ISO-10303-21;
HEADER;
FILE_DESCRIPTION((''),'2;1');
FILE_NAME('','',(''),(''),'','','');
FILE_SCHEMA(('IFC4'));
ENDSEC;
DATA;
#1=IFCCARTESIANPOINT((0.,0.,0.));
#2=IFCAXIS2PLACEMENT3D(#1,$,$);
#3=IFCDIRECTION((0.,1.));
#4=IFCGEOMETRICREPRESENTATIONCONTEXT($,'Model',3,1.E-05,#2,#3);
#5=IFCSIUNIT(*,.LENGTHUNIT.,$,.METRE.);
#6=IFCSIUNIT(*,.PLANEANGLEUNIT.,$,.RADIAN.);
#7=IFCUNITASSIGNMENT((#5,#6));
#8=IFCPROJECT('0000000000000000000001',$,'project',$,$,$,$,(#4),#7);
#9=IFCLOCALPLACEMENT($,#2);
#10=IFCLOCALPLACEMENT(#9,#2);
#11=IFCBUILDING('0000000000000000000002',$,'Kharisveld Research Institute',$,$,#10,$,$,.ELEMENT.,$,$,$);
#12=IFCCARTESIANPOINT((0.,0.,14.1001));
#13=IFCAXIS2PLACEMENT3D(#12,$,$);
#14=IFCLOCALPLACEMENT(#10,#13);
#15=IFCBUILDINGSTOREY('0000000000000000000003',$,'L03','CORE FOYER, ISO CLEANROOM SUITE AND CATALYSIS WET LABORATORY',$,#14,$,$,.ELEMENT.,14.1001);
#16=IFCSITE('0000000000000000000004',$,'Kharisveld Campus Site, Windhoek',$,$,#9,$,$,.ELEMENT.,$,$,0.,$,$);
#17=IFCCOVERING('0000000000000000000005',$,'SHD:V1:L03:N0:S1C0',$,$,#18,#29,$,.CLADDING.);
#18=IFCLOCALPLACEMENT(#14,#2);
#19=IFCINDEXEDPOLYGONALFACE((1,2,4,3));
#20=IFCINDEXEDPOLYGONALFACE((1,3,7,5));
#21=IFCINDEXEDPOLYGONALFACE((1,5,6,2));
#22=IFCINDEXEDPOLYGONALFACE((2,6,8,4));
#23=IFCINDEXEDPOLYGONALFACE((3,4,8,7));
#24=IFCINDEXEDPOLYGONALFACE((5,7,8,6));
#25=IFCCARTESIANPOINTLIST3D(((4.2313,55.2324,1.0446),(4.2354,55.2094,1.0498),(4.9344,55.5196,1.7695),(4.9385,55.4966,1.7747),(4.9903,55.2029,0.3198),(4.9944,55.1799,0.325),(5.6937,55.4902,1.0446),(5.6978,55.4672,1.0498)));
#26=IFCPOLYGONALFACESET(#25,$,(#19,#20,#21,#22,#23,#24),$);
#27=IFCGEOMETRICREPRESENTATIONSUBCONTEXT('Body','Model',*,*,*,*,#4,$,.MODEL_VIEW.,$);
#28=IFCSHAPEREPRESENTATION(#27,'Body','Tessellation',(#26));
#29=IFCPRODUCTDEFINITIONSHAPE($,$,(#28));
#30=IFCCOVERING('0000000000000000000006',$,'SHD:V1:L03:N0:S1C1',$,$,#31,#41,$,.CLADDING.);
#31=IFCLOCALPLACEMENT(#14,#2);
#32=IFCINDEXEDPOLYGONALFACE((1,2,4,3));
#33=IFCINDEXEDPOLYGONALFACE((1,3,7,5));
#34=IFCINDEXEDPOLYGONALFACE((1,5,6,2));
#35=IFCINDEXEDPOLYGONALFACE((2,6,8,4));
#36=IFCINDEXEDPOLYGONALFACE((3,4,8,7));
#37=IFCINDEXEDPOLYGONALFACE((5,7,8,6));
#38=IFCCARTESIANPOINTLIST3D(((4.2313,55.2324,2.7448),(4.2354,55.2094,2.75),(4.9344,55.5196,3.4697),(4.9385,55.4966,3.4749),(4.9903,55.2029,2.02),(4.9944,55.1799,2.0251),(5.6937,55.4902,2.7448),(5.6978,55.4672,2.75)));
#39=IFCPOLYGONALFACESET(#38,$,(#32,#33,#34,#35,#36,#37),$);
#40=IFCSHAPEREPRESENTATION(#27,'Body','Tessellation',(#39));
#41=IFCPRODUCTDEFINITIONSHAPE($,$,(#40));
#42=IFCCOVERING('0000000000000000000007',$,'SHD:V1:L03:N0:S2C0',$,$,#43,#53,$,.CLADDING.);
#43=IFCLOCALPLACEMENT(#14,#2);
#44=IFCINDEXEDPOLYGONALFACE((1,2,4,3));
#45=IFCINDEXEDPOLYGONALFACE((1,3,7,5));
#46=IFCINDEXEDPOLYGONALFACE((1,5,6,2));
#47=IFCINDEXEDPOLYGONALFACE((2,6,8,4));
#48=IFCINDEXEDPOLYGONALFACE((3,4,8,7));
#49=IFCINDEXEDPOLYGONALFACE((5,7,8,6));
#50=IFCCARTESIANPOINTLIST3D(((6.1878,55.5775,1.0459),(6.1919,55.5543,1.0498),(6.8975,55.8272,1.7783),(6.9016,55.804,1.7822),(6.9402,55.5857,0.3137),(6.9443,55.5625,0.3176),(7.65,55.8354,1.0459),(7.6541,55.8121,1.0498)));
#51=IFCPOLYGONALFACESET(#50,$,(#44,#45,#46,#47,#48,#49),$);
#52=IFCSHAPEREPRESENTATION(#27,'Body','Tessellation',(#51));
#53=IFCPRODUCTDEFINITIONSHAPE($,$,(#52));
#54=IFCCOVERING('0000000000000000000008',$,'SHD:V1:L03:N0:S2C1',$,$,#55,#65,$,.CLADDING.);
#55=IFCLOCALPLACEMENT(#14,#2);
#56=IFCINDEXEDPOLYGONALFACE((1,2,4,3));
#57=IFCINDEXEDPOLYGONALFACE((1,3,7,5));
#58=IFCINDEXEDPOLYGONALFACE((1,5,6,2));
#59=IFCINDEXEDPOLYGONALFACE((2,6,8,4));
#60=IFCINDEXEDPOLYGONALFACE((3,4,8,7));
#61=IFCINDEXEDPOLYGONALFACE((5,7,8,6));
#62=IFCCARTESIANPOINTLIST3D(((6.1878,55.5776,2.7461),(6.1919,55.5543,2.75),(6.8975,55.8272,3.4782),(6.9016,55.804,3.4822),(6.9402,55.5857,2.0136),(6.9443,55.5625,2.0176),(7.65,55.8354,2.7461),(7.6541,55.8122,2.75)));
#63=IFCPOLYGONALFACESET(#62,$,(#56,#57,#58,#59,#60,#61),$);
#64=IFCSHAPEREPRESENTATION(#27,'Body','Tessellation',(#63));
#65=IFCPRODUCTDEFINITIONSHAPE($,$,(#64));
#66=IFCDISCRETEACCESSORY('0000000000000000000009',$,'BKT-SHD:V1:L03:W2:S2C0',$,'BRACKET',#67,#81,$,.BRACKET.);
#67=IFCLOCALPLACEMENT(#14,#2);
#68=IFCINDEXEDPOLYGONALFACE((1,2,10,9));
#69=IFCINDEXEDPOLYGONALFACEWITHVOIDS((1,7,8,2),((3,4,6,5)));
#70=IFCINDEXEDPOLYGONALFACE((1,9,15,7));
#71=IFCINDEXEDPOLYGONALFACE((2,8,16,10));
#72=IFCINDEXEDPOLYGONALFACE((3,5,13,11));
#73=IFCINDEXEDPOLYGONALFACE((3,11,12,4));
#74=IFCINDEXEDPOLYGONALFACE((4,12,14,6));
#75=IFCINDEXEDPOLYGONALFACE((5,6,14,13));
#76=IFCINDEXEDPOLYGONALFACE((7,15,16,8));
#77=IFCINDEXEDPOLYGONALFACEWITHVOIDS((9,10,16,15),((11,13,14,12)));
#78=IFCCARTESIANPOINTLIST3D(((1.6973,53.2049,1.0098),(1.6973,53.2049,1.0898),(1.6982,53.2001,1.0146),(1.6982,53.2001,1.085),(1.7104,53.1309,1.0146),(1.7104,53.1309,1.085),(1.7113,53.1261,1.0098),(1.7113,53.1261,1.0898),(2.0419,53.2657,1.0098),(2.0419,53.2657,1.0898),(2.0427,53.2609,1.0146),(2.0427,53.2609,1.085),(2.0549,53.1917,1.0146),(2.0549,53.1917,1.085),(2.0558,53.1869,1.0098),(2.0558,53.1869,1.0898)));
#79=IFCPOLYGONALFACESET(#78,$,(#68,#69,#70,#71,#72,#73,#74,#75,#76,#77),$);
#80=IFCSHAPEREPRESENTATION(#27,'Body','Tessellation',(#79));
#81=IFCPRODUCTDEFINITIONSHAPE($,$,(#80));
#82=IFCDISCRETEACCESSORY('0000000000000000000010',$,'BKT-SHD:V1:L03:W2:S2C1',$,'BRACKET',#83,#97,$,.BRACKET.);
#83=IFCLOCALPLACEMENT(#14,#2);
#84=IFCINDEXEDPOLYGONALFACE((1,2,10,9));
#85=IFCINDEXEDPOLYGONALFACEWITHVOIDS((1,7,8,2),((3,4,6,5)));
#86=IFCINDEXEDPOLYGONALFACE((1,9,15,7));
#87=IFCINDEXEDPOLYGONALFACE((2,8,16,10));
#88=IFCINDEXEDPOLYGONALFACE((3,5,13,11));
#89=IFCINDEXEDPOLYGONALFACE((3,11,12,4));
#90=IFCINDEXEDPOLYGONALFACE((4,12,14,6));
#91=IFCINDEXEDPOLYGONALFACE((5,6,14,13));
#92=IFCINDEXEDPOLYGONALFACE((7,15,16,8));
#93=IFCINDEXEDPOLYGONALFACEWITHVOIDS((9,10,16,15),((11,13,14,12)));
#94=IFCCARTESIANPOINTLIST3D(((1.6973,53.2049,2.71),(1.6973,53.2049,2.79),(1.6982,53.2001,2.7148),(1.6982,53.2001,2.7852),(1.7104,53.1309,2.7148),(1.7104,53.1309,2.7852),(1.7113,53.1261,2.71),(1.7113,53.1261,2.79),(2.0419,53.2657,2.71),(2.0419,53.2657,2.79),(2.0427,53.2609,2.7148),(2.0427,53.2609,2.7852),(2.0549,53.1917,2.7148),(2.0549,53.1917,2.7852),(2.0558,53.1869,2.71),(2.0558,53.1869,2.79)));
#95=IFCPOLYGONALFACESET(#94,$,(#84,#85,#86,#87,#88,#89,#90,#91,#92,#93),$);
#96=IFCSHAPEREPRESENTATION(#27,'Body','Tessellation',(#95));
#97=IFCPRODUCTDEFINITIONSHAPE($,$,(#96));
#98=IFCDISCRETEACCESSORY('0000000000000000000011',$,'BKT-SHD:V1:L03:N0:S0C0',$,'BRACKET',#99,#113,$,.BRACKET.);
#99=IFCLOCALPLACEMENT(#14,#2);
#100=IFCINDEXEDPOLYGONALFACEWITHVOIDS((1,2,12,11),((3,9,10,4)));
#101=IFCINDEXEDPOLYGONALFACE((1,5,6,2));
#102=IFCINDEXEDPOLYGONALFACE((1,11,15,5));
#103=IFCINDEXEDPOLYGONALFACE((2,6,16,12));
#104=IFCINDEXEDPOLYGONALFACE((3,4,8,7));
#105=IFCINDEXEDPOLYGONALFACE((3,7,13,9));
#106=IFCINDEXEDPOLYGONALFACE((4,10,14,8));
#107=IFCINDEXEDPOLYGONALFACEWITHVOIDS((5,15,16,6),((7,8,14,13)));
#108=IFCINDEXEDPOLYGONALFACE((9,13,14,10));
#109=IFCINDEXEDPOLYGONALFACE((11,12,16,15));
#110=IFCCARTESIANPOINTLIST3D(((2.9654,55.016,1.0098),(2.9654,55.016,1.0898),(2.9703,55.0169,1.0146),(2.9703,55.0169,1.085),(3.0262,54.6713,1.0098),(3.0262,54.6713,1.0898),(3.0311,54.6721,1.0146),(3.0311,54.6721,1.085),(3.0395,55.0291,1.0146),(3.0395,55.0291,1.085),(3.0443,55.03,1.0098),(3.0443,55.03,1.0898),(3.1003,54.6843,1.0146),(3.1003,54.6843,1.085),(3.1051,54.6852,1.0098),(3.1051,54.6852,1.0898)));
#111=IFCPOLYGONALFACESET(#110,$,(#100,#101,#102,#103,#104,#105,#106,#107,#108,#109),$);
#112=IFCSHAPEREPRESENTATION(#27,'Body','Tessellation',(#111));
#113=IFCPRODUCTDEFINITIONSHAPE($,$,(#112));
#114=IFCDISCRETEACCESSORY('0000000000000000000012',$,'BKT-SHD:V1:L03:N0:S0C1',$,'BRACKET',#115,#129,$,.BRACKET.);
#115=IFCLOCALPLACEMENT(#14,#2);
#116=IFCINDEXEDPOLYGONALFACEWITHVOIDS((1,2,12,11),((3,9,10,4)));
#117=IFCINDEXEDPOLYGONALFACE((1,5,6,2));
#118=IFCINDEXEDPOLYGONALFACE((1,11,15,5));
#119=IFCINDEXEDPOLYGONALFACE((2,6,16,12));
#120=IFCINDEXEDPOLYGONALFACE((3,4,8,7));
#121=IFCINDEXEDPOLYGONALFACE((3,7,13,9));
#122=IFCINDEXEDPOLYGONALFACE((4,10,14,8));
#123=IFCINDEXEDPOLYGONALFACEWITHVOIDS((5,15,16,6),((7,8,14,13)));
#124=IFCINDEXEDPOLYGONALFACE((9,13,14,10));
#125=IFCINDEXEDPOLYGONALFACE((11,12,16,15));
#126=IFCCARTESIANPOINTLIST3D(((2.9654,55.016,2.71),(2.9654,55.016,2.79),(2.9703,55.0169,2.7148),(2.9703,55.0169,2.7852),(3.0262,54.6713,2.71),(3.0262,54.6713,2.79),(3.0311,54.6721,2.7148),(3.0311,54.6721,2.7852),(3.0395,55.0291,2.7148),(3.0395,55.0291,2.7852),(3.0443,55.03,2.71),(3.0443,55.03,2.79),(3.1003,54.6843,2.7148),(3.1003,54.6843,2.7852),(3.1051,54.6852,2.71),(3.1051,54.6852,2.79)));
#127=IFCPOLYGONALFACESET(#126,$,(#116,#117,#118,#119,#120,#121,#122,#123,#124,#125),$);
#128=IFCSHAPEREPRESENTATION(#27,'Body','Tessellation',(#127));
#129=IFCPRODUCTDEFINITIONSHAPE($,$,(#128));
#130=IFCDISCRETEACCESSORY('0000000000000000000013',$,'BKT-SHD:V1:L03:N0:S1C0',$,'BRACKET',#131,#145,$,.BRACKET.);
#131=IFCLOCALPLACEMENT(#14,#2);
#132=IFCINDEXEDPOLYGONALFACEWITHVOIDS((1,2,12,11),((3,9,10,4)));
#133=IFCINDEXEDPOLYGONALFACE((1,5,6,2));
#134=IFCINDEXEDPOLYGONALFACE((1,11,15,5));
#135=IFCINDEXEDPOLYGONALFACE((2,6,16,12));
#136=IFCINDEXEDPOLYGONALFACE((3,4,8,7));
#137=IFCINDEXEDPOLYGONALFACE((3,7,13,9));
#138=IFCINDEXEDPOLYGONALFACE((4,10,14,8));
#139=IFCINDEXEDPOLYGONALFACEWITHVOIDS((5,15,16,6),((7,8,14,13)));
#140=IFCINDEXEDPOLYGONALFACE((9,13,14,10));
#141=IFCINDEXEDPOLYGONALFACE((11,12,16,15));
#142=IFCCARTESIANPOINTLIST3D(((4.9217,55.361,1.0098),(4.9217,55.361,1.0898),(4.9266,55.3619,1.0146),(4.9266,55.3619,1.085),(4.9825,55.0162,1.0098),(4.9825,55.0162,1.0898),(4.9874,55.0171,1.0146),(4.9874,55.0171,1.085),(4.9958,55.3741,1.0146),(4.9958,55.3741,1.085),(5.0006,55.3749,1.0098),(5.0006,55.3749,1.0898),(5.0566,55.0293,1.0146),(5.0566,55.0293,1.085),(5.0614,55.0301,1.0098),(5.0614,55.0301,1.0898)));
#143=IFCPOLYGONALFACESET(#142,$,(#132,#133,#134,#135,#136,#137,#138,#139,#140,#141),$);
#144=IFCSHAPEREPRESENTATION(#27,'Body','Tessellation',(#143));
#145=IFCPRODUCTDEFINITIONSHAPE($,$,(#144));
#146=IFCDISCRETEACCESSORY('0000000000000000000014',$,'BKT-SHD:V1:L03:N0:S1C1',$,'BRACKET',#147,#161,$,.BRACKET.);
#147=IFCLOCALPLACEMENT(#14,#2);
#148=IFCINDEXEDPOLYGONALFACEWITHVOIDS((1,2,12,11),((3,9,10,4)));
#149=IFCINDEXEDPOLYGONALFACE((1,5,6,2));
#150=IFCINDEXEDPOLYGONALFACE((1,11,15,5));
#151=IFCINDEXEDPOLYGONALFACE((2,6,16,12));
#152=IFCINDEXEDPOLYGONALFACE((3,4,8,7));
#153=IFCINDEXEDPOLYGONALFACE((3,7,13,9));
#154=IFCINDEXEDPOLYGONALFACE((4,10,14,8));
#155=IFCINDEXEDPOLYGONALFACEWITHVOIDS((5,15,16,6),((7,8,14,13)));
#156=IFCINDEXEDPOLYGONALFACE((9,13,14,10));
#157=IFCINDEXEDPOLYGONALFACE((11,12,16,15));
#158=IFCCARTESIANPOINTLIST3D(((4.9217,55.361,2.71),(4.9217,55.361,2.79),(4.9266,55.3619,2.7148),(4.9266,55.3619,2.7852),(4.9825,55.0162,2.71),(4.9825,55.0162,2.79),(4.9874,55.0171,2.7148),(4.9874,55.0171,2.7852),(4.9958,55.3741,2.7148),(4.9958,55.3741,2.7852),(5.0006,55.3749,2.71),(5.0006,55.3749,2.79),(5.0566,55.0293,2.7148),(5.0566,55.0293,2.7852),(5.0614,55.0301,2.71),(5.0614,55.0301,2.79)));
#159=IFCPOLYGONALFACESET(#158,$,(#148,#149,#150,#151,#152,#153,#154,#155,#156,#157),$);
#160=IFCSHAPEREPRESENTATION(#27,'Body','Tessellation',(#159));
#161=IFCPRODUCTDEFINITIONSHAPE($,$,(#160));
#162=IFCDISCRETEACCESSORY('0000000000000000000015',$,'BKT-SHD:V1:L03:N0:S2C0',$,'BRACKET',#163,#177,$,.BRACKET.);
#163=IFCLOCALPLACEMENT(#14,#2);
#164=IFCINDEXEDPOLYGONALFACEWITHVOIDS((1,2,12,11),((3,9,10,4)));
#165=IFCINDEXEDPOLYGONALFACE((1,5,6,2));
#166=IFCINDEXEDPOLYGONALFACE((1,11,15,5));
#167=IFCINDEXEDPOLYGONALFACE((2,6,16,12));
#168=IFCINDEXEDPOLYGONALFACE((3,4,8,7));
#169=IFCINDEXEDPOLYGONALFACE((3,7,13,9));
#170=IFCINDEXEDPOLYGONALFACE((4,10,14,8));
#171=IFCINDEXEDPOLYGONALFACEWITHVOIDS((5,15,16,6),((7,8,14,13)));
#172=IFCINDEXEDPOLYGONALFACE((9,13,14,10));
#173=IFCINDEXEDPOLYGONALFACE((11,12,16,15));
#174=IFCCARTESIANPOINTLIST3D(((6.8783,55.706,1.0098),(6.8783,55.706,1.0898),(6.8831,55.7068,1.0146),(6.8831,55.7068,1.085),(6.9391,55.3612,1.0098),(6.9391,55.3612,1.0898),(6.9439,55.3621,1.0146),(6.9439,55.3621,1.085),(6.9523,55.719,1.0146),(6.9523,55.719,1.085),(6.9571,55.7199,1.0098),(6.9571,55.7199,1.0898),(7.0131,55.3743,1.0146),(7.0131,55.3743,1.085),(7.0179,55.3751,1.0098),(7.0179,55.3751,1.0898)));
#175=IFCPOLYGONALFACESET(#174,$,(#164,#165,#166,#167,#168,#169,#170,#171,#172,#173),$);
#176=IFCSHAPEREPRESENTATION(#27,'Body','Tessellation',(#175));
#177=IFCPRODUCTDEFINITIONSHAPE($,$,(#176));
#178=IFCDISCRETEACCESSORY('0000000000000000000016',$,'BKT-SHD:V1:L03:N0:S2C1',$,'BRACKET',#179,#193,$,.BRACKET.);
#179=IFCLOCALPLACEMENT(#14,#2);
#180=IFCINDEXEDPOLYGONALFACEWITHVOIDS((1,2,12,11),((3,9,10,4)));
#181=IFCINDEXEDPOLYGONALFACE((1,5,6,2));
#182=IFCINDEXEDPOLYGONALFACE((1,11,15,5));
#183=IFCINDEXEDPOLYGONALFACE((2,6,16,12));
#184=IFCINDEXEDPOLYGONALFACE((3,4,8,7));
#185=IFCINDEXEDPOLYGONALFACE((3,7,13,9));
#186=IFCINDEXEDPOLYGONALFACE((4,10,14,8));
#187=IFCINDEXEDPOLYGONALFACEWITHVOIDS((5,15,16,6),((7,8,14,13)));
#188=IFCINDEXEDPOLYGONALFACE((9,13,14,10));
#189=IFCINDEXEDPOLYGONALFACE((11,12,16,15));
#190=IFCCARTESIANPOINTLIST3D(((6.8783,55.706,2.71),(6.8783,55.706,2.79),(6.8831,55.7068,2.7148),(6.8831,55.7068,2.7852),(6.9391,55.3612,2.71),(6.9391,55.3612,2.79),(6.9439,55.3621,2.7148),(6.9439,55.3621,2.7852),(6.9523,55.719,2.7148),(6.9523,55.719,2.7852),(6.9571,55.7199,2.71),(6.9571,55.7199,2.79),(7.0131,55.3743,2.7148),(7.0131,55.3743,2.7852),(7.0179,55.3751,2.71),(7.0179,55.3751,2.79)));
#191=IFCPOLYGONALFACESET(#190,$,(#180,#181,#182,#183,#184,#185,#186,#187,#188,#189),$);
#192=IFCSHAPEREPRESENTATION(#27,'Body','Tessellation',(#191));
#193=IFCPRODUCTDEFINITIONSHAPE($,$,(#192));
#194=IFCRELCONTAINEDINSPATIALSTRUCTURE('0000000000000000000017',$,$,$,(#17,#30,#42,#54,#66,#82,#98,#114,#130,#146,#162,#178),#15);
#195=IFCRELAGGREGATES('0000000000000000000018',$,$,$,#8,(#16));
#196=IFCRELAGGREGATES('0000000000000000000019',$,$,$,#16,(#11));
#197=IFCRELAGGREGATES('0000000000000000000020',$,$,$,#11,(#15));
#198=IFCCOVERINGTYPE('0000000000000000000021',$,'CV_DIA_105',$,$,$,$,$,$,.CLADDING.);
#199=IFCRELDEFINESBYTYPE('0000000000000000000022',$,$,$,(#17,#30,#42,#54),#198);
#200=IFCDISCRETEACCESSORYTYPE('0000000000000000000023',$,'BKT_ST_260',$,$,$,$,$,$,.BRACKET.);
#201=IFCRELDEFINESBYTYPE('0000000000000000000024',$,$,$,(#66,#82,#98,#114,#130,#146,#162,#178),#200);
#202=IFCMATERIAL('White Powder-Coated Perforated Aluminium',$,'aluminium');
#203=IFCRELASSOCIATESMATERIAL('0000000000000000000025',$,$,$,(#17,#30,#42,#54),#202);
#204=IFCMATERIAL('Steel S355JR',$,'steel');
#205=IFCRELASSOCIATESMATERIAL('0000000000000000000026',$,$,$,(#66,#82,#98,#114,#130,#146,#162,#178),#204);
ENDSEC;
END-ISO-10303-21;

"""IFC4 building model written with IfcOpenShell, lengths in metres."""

from ifc_helpers import new_model, si_unit, direction, frame, origin, origin_2d, place, context, subcontext, project, spatial, polyline, hollow_rectangle, outline, extrude, material, type_object, element, save


model = new_model("IFC4")

# Units and contexts
model_context = context("Model", 3, precision=1e-05, world=origin(), true_north=direction((0.0, 1.0)))
body_context = subcontext(model_context, "Body", "Model", "MODEL_VIEW")
ifc_project = project(units=[si_unit("LENGTHUNIT", "METRE"), si_unit("PLANEANGLEUNIT", "RADIAN")], contexts=[model_context])

# Site, building, storey
site_placement = place(None, origin())
site = spatial("IfcSite", under=ifc_project, at=site_placement, Name="Kharisveld Campus Site, Windhoek", CompositionType="ELEMENT", RefElevation=0.0)
building_placement = place(site_placement, origin())
building = spatial("IfcBuilding", under=site, at=building_placement, Name="Kharisveld Research Institute", CompositionType="ELEMENT")
storey_placement = place(building_placement, frame((0.0, 0.0, 14.1001)))
storey = spatial("IfcBuildingStorey", under=building, at=storey_placement, Name="L03", Description="CORE FOYER, ISO CLEANROOM SUITE AND CATALYSIS WET LABORATORY", CompositionType="ELEMENT", Elevation=14.1001)

# Coverings
ifc_material_1 = material(Name="White Powder-Coated Perforated Aluminium", Category="aluminium")
covering_type = type_object("IfcCoveringType", Name="CV_DIA_105", PredefinedType="CLADDING")
for number, where, z_axis, x_axis, name in (
    (1, (4.9944, 55.1799, 0.325), (0.169497, -0.961447, 0.21654), (0.669826, 0.273555, 0.69029), "SHD:V1:L03:N0:S1C0"),
    (2, (4.9944, 55.1799, 2.0251), (0.169497, -0.961447, 0.21654), (0.669826, 0.273555, 0.69029), "SHD:V1:L03:N0:S1C1"),
):
    element("IfcCovering", number, at=place(storey_placement, frame(where, z_axis=z_axis, x_axis=x_axis)), inside=storey, type_object=covering_type, material=ifc_material_1, Name=name, PredefinedType="CLADDING", context=body_context, shape_type="SweptSolid", body=[
        extrude(outline(polyline([(0.0, 0.0), (1.0501, 0.0), (1.0499, 1.0501), (0.0, 1.05), (0.0, 0.0)])), origin(), (0.0, 0.0, -1.0), 0.0239),
    ])
covering_1_placement = place(storey_placement, frame((6.9443, 55.5625, 0.3176), z_axis=(0.171261, -0.97129, 0.165124), x_axis=(0.676048, 0.237771, 0.697441)))
element("IfcCovering", 3, at=covering_1_placement, inside=storey, type_object=covering_type, material=ifc_material_1, Name="SHD:V1:L03:N0:S2C0", PredefinedType="CLADDING", context=body_context, shape_type="SweptSolid", body=[
    extrude(outline(polyline([(0.0, 0.0), (1.0498, 0.0), (1.05, 1.0501), (0.0, 1.0499), (0.0, 0.0)])), origin(), (0.0, 0.0, -1.0), 0.0239),
])
covering_2_placement = place(storey_placement, frame((6.9443, 55.5625, 2.0176), z_axis=(0.171261, -0.97129, 0.165124), x_axis=(0.675931, 0.23777, 0.697555)))
element("IfcCovering", 4, at=covering_2_placement, inside=storey, type_object=covering_type, material=ifc_material_1, Name="SHD:V1:L03:N0:S2C1", PredefinedType="CLADDING", context=body_context, shape_type="SweptSolid", body=[
    extrude(outline(polyline([(0.0, 0.0), (1.05, 0.0), (1.0502, 1.0499), (0.0004, 1.0501), (0.0, 0.0)])), origin(), (0.0, 0.0, -1.0), 0.0239),
])

# Discrete accessories
ifc_material_2 = material(Name="Steel S355JR", Category="steel")
discrete_accessory_type = type_object("IfcDiscreteAccessoryType", Name="BKT_ST_260", PredefinedType="BRACKET")
for number, where, z_axis, x_axis, name in (
    (5, (2.0488, 53.2263, 1.0498), (-0.984784, -0.173785, 0.0), (0.173785, -0.984784, 0.0), "BKT-SHD:V1:L03:W2:S2C0"),
    (6, (2.0488, 53.2263, 2.75), (-0.984784, -0.173785, 0.0), (0.173785, -0.984784, 0.0), "BKT-SHD:V1:L03:W2:S2C1"),
):
    element("IfcDiscreteAccessory", number, at=place(storey_placement, frame(where, z_axis=z_axis, x_axis=x_axis)), inside=storey, type_object=discrete_accessory_type, material=ifc_material_2, Name=name, ObjectType="BRACKET", PredefinedType="BRACKET", context=body_context, shape_type="SweptSolid", body=[
        extrude(hollow_rectangle(XDim=0.0801, YDim=0.0801, WallThickness=0.0049, at=origin_2d()), origin(), (0.0, 0.0, 1.0), 0.3499),
    ])
for number, where, z_axis, x_axis, name in (
    (7, (3.0657, 54.6782, 1.0498), (-0.173666, 0.984805, 0.0), (-0.984805, -0.173666, 0.0), "BKT-SHD:V1:L03:N0:S0C0"),
    (8, (3.0657, 54.6782, 2.75), (-0.173666, 0.984805, 0.0), (-0.984805, -0.173666, 0.0), "BKT-SHD:V1:L03:N0:S0C1"),
    (9, (5.022, 55.0232, 1.0498), (-0.173666, 0.984805, 0.0), (-0.984805, -0.173666, 0.0), "BKT-SHD:V1:L03:N0:S1C0"),
    (10, (5.022, 55.0232, 2.75), (-0.173666, 0.984805, 0.0), (-0.984805, -0.173666, 0.0), "BKT-SHD:V1:L03:N0:S1C1"),
    (11, (6.9785, 55.3682, 1.0498), (-0.173666, 0.984805, 0.0), (-0.984805, -0.173666, 0.0), "BKT-SHD:V1:L03:N0:S2C0"),
    (12, (6.9785, 55.3682, 2.75), (-0.173666, 0.984805, 0.0), (-0.984805, -0.173666, 0.0), "BKT-SHD:V1:L03:N0:S2C1"),
):
    element("IfcDiscreteAccessory", number, at=place(storey_placement, frame(where, z_axis=z_axis, x_axis=x_axis)), inside=storey, type_object=discrete_accessory_type, material=ifc_material_2, Name=name, ObjectType="BRACKET", PredefinedType="BRACKET", context=body_context, shape_type="SweptSolid", body=[
        extrude(hollow_rectangle(XDim=0.0801, YDim=0.0801, WallThickness=0.0049, at=origin_2d()), origin(), (0.0, 0.0, 1.0), 0.3501),
    ])

save(model, "model.ifc")
